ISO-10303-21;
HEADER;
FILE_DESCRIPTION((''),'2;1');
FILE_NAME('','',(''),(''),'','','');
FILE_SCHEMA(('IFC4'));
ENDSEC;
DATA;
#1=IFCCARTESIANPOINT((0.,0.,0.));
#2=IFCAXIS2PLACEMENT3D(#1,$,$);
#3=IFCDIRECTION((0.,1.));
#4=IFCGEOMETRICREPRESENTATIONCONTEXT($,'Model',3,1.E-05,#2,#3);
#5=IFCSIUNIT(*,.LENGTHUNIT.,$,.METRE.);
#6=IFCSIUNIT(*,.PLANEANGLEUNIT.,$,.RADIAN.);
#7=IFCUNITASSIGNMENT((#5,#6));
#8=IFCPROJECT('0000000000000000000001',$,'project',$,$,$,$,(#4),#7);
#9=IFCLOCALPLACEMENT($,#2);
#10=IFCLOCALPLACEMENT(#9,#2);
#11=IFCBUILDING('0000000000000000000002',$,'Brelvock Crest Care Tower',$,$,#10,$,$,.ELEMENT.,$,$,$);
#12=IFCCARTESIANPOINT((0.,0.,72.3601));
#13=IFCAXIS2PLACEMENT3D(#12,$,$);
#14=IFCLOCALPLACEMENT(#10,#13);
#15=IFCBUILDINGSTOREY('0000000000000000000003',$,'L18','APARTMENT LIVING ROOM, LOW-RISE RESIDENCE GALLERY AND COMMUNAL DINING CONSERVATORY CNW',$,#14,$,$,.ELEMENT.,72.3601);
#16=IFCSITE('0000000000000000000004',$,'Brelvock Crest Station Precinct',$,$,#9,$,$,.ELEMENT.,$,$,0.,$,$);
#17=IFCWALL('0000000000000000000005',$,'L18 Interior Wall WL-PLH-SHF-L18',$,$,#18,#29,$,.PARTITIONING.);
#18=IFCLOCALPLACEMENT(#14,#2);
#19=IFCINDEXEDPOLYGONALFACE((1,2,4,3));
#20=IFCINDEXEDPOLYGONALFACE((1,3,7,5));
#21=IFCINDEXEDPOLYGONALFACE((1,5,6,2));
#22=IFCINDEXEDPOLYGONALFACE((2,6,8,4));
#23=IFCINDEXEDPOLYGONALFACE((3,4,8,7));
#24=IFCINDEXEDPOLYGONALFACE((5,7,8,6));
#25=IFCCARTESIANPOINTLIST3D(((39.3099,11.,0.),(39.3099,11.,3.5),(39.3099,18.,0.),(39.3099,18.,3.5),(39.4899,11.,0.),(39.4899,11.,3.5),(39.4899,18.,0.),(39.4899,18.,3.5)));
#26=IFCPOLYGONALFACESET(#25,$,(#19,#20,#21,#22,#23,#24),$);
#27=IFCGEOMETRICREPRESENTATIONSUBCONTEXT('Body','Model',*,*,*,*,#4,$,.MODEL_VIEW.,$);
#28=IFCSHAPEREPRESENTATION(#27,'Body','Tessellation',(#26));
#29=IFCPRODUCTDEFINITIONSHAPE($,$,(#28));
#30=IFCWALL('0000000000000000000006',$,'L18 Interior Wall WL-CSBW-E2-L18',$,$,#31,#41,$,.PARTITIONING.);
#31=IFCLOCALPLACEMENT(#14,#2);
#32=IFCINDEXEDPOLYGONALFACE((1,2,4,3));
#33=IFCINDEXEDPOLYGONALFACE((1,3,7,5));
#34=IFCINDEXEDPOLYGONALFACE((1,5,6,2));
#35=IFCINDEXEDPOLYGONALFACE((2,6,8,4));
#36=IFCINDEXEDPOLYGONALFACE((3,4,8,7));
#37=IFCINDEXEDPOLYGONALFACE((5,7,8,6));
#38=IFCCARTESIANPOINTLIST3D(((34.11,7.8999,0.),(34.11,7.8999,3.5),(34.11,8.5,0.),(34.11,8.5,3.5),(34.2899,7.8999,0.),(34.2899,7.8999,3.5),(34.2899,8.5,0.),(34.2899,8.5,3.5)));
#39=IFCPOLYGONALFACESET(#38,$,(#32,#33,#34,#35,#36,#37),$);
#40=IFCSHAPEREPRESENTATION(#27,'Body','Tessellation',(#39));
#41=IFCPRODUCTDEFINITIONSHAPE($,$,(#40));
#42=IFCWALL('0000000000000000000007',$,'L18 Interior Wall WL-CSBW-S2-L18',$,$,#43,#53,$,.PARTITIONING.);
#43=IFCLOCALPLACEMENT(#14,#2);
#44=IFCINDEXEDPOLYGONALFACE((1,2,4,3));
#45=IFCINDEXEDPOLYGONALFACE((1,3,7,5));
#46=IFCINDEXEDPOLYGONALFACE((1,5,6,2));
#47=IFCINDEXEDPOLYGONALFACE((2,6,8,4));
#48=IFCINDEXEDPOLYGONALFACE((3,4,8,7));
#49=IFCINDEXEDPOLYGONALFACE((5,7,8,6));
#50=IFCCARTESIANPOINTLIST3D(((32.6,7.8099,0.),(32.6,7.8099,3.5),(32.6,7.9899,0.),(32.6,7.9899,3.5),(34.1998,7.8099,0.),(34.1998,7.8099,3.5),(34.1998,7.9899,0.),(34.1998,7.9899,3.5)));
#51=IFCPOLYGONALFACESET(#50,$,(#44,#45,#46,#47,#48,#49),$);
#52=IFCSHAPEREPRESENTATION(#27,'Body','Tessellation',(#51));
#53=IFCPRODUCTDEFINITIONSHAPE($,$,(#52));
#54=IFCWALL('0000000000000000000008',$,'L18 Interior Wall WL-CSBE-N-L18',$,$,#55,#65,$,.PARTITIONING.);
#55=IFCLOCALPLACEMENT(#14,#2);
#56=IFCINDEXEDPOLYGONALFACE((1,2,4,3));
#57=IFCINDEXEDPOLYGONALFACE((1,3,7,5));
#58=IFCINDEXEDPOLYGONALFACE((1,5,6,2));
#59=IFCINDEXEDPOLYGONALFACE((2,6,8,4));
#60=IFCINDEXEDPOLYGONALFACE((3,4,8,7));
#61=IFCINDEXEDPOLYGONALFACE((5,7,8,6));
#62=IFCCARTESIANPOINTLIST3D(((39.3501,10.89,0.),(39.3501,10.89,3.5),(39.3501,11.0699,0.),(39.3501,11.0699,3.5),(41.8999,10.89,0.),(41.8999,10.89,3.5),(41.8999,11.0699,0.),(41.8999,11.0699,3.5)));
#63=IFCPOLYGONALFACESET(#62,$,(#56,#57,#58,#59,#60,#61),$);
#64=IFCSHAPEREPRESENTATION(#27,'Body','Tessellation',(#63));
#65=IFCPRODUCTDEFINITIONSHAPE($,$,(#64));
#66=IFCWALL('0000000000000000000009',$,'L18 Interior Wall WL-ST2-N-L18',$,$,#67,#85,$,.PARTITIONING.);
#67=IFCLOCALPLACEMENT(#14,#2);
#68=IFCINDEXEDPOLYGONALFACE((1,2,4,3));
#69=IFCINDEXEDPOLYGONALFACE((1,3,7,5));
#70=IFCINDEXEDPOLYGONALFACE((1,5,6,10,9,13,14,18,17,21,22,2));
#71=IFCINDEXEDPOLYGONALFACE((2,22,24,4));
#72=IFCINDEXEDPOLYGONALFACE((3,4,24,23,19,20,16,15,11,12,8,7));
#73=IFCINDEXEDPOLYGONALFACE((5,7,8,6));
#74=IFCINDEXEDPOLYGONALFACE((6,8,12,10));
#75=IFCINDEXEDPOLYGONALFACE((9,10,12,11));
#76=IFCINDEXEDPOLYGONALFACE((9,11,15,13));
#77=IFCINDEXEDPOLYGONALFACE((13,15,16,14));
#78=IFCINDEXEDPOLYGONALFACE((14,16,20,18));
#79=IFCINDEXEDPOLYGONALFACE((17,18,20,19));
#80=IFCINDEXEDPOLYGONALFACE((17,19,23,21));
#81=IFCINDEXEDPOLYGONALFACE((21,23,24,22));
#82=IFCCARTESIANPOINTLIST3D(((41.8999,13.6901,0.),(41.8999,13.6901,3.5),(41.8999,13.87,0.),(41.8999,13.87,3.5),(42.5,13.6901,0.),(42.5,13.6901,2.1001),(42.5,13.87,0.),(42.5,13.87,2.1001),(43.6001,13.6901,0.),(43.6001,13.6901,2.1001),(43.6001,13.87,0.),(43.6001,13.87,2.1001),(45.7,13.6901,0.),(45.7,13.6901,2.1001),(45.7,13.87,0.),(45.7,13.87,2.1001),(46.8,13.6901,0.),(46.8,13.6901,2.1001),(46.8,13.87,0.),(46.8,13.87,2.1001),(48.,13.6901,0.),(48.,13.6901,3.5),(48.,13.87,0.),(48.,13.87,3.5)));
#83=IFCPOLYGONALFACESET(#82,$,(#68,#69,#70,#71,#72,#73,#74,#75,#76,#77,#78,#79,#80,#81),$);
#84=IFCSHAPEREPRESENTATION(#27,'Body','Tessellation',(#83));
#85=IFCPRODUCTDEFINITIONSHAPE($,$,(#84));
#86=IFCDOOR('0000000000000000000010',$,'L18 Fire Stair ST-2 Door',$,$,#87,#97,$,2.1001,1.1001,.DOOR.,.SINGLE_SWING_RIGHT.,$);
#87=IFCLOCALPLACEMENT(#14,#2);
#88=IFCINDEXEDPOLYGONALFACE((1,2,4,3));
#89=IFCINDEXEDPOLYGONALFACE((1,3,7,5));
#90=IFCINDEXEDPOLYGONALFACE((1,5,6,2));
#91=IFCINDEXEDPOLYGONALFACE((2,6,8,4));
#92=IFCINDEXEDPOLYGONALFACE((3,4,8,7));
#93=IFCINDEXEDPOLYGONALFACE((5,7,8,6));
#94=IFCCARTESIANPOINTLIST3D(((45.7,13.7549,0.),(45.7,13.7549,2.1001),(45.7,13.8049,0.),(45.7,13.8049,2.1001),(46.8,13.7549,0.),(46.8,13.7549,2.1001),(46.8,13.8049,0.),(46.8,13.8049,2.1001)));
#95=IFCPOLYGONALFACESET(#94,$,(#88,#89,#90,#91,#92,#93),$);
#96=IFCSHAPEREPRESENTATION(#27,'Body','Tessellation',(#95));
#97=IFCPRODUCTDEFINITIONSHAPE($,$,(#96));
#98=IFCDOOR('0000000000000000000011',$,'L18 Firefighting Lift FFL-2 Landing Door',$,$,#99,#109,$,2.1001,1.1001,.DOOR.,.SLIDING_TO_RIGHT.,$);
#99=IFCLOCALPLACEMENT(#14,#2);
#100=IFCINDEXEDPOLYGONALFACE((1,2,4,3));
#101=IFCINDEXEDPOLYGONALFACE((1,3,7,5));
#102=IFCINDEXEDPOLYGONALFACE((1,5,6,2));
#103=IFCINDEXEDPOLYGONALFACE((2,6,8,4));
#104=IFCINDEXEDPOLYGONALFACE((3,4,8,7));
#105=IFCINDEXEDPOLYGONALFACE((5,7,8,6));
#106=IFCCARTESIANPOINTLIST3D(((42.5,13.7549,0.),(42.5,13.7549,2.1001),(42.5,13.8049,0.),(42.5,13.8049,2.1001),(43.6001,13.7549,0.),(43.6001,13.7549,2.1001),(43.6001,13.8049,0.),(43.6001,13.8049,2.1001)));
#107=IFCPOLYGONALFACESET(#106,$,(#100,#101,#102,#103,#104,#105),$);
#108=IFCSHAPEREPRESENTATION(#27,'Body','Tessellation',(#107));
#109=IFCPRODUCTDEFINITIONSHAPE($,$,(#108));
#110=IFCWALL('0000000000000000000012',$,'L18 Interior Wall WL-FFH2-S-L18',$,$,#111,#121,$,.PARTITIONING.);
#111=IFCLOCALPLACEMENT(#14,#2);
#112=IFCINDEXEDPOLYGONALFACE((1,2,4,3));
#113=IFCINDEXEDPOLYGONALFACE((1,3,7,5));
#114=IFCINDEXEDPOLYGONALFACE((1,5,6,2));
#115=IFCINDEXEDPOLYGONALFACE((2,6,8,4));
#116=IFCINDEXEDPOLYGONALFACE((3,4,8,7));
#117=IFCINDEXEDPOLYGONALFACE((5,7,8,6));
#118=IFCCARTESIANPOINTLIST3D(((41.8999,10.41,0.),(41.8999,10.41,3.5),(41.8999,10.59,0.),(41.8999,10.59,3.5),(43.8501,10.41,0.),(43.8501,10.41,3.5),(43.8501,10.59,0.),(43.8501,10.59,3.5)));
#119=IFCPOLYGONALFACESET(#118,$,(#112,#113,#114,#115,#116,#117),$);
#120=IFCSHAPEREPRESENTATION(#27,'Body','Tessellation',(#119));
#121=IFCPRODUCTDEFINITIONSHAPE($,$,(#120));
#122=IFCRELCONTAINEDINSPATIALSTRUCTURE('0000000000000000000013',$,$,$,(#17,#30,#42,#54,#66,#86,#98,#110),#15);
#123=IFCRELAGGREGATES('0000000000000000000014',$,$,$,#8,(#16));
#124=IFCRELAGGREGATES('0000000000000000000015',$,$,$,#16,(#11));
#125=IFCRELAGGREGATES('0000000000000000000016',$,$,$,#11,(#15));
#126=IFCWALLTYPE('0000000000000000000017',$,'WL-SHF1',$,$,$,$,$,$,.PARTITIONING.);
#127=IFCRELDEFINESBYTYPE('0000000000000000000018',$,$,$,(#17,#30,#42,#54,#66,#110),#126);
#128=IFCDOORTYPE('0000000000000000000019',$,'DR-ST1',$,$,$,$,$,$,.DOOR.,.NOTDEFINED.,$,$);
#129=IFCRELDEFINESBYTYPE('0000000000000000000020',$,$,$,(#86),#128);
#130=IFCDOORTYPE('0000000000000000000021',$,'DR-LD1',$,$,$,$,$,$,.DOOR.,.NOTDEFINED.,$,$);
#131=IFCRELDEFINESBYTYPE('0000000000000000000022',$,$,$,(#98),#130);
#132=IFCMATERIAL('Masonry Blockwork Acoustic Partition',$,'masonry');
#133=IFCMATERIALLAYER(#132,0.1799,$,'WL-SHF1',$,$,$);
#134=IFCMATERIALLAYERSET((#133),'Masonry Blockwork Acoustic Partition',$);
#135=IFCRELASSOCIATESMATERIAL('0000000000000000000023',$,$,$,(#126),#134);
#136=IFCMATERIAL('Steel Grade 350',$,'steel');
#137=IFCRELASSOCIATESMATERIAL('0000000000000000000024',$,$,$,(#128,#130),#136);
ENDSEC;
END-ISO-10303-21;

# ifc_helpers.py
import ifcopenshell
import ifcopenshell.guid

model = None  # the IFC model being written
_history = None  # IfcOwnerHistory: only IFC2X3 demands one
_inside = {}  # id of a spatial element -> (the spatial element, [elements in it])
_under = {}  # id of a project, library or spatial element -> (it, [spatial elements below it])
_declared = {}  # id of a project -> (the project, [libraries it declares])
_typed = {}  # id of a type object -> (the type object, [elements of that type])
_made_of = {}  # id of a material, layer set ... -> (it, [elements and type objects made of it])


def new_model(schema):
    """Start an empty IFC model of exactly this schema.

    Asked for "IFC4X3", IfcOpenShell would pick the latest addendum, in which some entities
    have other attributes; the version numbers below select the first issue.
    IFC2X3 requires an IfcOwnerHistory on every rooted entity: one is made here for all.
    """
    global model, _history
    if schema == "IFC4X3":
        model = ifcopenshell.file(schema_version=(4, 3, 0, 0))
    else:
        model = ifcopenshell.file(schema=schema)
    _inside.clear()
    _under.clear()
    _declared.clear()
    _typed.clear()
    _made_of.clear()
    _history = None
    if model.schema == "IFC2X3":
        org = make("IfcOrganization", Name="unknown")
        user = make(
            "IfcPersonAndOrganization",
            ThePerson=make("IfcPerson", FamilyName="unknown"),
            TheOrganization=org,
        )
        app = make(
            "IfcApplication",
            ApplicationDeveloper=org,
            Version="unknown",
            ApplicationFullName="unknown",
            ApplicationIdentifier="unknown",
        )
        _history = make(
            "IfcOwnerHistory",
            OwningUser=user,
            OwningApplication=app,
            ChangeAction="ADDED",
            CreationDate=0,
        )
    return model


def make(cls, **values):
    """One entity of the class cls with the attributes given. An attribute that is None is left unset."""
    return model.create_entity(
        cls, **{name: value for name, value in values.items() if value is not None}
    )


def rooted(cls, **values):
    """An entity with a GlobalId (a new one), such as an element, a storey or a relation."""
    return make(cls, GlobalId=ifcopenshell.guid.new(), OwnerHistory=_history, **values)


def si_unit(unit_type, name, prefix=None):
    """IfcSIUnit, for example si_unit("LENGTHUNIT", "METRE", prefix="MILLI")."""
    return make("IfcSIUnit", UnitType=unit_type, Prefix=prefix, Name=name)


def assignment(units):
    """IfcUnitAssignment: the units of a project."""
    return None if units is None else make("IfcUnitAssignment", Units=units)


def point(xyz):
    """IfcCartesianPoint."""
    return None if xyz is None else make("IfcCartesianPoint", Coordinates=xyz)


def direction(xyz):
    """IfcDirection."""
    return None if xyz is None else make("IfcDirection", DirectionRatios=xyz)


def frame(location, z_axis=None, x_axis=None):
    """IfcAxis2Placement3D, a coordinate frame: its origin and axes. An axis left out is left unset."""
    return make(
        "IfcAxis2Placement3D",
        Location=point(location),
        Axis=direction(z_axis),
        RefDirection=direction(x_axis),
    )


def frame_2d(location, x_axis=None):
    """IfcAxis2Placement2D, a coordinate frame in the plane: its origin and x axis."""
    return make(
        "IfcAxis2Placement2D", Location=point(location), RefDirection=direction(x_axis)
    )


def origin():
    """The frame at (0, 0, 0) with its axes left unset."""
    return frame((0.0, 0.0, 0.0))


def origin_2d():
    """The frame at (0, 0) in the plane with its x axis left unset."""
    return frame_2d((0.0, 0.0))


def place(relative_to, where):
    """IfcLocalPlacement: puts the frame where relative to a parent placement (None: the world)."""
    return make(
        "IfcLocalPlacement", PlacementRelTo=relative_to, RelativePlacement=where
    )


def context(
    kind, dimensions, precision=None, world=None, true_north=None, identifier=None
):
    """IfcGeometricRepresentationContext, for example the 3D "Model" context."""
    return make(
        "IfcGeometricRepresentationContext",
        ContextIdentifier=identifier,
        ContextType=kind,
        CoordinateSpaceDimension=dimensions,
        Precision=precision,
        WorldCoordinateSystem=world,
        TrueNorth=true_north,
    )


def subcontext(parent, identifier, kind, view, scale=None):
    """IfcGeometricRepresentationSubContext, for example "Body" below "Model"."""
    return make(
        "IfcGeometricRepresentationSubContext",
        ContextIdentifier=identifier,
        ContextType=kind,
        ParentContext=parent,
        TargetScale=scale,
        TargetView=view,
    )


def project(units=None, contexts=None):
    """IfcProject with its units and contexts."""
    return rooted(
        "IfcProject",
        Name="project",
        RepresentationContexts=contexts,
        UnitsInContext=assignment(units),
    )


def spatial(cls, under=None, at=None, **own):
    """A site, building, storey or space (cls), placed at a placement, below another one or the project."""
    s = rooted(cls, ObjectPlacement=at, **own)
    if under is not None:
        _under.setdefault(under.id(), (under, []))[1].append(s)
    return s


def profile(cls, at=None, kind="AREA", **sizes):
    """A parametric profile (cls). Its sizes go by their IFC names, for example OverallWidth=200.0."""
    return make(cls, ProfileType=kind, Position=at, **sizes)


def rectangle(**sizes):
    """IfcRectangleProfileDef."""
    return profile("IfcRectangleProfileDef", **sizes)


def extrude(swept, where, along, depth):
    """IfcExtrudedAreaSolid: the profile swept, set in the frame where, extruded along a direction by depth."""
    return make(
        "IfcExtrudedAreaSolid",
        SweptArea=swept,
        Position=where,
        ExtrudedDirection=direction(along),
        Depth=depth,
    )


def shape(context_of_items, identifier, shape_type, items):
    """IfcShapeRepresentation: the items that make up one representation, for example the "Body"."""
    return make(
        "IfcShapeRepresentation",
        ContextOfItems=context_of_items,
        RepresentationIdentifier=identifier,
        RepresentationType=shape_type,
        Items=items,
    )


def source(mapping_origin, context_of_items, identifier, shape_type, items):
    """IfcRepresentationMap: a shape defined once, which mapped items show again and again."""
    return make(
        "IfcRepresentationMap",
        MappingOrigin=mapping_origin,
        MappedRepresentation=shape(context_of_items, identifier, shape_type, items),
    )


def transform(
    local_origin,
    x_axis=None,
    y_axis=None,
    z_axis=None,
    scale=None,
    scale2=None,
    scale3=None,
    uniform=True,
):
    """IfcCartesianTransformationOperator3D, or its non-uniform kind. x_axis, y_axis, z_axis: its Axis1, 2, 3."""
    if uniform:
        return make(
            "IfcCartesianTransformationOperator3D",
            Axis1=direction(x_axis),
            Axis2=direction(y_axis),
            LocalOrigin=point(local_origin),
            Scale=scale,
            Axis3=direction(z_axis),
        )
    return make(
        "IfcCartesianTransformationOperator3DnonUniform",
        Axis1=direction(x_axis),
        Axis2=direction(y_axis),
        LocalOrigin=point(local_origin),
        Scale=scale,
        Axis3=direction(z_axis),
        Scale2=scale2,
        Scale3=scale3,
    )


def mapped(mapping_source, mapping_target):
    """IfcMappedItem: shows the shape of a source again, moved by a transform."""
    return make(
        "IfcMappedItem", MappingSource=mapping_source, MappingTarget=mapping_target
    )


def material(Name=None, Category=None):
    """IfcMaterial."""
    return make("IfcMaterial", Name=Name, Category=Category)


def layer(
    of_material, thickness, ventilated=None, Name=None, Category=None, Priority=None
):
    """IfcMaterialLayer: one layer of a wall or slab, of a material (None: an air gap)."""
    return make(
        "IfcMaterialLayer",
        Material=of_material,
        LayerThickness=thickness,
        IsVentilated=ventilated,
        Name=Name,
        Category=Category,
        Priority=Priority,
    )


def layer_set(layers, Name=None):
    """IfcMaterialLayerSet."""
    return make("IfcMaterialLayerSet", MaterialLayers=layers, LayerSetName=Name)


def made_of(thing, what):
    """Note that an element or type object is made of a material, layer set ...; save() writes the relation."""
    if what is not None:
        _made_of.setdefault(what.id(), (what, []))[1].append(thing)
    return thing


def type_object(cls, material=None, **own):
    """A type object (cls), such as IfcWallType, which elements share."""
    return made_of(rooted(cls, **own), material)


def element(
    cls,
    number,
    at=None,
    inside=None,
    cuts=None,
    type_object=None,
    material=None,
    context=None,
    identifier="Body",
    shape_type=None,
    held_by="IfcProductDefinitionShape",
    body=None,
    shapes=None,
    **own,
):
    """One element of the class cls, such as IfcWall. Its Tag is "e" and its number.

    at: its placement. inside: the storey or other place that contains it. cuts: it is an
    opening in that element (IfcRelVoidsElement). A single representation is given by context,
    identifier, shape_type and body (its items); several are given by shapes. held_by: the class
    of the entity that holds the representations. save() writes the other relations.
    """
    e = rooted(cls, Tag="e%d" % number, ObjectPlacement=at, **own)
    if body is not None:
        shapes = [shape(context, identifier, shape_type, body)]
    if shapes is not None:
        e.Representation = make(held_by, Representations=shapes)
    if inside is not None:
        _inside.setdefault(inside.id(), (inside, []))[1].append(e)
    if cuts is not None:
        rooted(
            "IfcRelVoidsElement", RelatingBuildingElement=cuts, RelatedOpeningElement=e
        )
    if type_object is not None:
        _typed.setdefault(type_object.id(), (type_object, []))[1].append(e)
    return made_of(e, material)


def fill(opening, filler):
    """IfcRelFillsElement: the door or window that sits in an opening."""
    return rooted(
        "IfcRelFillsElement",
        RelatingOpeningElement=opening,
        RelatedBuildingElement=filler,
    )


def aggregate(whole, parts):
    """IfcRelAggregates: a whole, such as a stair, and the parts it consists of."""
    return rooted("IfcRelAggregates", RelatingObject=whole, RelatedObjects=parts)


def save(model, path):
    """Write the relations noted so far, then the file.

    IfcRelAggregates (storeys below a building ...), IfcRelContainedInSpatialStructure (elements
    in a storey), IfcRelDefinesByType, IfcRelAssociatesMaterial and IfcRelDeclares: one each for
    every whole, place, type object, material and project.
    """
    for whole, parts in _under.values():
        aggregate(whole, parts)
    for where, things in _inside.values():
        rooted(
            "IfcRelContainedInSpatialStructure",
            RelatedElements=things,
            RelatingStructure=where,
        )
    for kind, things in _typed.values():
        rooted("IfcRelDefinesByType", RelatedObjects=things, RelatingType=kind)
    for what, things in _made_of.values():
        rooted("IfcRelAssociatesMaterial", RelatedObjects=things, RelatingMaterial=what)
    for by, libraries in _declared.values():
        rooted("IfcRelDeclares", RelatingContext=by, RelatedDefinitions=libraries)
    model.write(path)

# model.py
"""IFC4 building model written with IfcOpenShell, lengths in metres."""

from ifc_helpers import new_model, si_unit, direction, frame, frame_2d, origin, origin_2d, place, context, subcontext, project, spatial, rectangle, extrude, source, transform, mapped, material, layer, layer_set, type_object, element, fill, save


model = new_model("IFC4")

# Units and contexts
model_context = context("Model", 3, precision=1e-05, world=origin(), true_north=direction((0.0, 1.0)))
body_context = subcontext(model_context, "Body", "Model", "MODEL_VIEW")
ifc_project = project(units=[si_unit("LENGTHUNIT", "METRE"), si_unit("PLANEANGLEUNIT", "RADIAN")], contexts=[model_context])

# Site, building, storey
site_placement = place(None, origin())
site = spatial("IfcSite", under=ifc_project, at=site_placement, Name="Brelvock Crest Station Precinct", CompositionType="ELEMENT", RefElevation=0.0)
building_placement = place(site_placement, origin())
building = spatial("IfcBuilding", under=site, at=building_placement, Name="Brelvock Crest Care Tower", CompositionType="ELEMENT")
storey_placement = place(building_placement, frame((0.0, 0.0, 72.3601)))
storey = spatial("IfcBuildingStorey", under=building, at=storey_placement, Name="L18", Description="APARTMENT LIVING ROOM, LOW-RISE RESIDENCE GALLERY AND COMMUNAL DINING CONSERVATORY CNW", CompositionType="ELEMENT", Elevation=72.3601)

# Shared definitions
ifc_material_1 = material(Name="Steel Grade 350", Category="steel")

# Shared definitions
ifc_material_2 = material(Name="Masonry Blockwork Acoustic Partition", Category="masonry")

# Walls
ifc_layer_1 = layer(ifc_material_2, 0.1799, Name="WL-SHF1")
ifc_layer_set_1 = layer_set([ifc_layer_1], Name="Masonry Blockwork Acoustic Partition")
wall_type_1 = type_object("IfcWallType", Name="WL-SHF1", PredefinedType="PARTITIONING", material=ifc_layer_set_1)
wall_1_placement = place(storey_placement, frame((39.3999, 11.0, 0.0), z_axis=(0.0, 0.0, 1.0), x_axis=(0.0, 1.0, 0.0)))
element("IfcWall", 1, at=wall_1_placement, inside=storey, type_object=wall_type_1, Name="L18 Interior Wall WL-PLH-SHF-L18", PredefinedType="PARTITIONING", context=body_context, shape_type="SweptSolid", body=[
    extrude(rectangle(XDim=7.0, YDim=0.1799, at=frame_2d((3.5, 0.0))), origin(), (0.0, 0.0, 1.0), 3.5),
])
wall_2_placement = place(storey_placement, frame((34.2, 7.8999, 0.0), z_axis=(0.0, 0.0, 1.0), x_axis=(0.0, 1.0, 0.0)))
element("IfcWall", 2, at=wall_2_placement, inside=storey, type_object=wall_type_1, Name="L18 Interior Wall WL-CSBW-E2-L18", PredefinedType="PARTITIONING", context=body_context, shape_type="SweptSolid", body=[
    extrude(rectangle(XDim=0.6001, YDim=0.1799, at=frame_2d((0.3, 0.0))), origin(), (0.0, 0.0, 1.0), 3.5),
])
wall_3_placement = place(storey_placement, frame((32.6001, 7.8999, 0.0), z_axis=(0.0, 0.0, 1.0), x_axis=(1.0, 0.0, 0.0)))
element("IfcWall", 3, at=wall_3_placement, inside=storey, type_object=wall_type_1, Name="L18 Interior Wall WL-CSBW-S2-L18", PredefinedType="PARTITIONING", context=body_context, shape_type="SweptSolid", body=[
    extrude(rectangle(XDim=1.5999, YDim=0.1799, at=frame_2d((0.7998, 0.0))), origin(), (0.0, 0.0, 1.0), 3.5),
])
wall_4_placement = place(storey_placement, frame((39.3501, 10.98, 0.0), z_axis=(0.0, 0.0, 1.0), x_axis=(1.0, 0.0, 0.0)))
element("IfcWall", 4, at=wall_4_placement, inside=storey, type_object=wall_type_1, Name="L18 Interior Wall WL-CSBE-N-L18", PredefinedType="PARTITIONING", context=body_context, shape_type="SweptSolid", body=[
    extrude(rectangle(XDim=2.5498, YDim=0.1799, at=frame_2d((1.2749, 0.0))), origin(), (0.0, 0.0, 1.0), 3.5),
])

# Wall, openings, doors
wall_5_placement = place(storey_placement, frame((41.8999, 13.78, 0.0), z_axis=(0.0, 0.0, 1.0), x_axis=(1.0, 0.0, 0.0)))
wall_5 = element("IfcWall", 5, at=wall_5_placement, inside=storey, type_object=wall_type_1, Name="L18 Interior Wall WL-ST2-N-L18", PredefinedType="PARTITIONING", context=body_context, shape_type="SweptSolid", body=[
    extrude(rectangle(XDim=6.1001, YDim=0.1799, at=frame_2d((3.05, 0.0))), origin(), (0.0, 0.0, 1.0), 3.5),
])
opening_1_placement = place(wall_5_placement, frame((0.6001, 0.0, 0.0)))
opening_1 = element("IfcOpeningElement", 6, at=opening_1_placement, cuts=wall_5, PredefinedType="OPENING", context=body_context, shape_type="SweptSolid", body=[
    extrude(rectangle(XDim=1.1001, YDim=2.1001, at=origin_2d()), frame((0.55, 0.1001, 1.05), z_axis=(0.0, -1.0, 0.0), x_axis=(1.0, 0.0, 0.0)), (0.0, 0.0, 1.0), 0.2),
])
opening_2_placement = place(wall_5_placement, frame((3.8, 0.0, 0.0)))
opening_2 = element("IfcOpeningElement", 7, at=opening_2_placement, cuts=wall_5, PredefinedType="OPENING", context=body_context, shape_type="SweptSolid", body=[
    extrude(rectangle(XDim=1.1001, YDim=2.1001, at=origin_2d()), frame((0.55, 0.1001, 1.05), z_axis=(0.0, -1.0, 0.0), x_axis=(1.0, 0.0, 0.0)), (0.0, 0.0, 1.0), 0.2),
])
door_type_1 = type_object("IfcDoorType", Name="DR-ST1", OperationType="NOTDEFINED", PredefinedType="DOOR", material=ifc_material_1)
shared_shape_1 = source(origin(), body_context, "Body", "SweptSolid", [
    extrude(rectangle(XDim=1.1001, YDim=2.1001, at=origin_2d()), frame((0.55, 0.0249, 1.05), z_axis=(0.0, -1.0, 0.0), x_axis=(1.0, 0.0, 0.0)), (0.0, 0.0, 1.0), 0.05),
])
door_1_placement = place(opening_2_placement, origin())
door_1 = element("IfcDoor", 8, at=door_1_placement, inside=storey, type_object=door_type_1, Name="L18 Fire Stair ST-2 Door", OperationType="SINGLE_SWING_RIGHT", OverallHeight=2.1001, OverallWidth=1.1001, PredefinedType="DOOR", context=body_context, shape_type="MappedRepresentation", body=[
    mapped(shared_shape_1, transform((0.0, 0.0, 0.0), x_axis=(1.0, 0.0, 0.0), y_axis=(0.0, 1.0, 0.0), z_axis=(0.0, 0.0, 1.0), scale=1.0)),
])
fill(opening_2, door_1)
door_type_2 = type_object("IfcDoorType", Name="DR-LD1", OperationType="NOTDEFINED", PredefinedType="DOOR", material=ifc_material_1)
shared_shape_2 = source(origin(), body_context, "Body", "SweptSolid", [
    extrude(rectangle(XDim=1.1001, YDim=2.1001, at=origin_2d()), frame((0.55, 0.0249, 1.05), z_axis=(0.0, -1.0, 0.0), x_axis=(1.0, 0.0, 0.0)), (0.0, 0.0, 1.0), 0.05),
])
door_2_placement = place(opening_1_placement, origin())
door_2 = element("IfcDoor", 9, at=door_2_placement, inside=storey, type_object=door_type_2, Name="L18 Firefighting Lift FFL-2 Landing Door", OperationType="SLIDING_TO_RIGHT", OverallHeight=2.1001, OverallWidth=1.1001, PredefinedType="DOOR", context=body_context, shape_type="MappedRepresentation", body=[
    mapped(shared_shape_2, transform((0.0, 0.0, 0.0), x_axis=(1.0, 0.0, 0.0), y_axis=(0.0, 1.0, 0.0), z_axis=(0.0, 0.0, 1.0), scale=1.0)),
])
fill(opening_1, door_2)

# Wall
wall_6_placement = place(storey_placement, frame((41.8999, 10.5, 0.0), z_axis=(0.0, 0.0, 1.0), x_axis=(1.0, 0.0, 0.0)))
element("IfcWall", 10, at=wall_6_placement, inside=storey, type_object=wall_type_1, Name="L18 Interior Wall WL-FFH2-S-L18", PredefinedType="PARTITIONING", context=body_context, shape_type="SweptSolid", body=[
    extrude(rectangle(XDim=1.9502, YDim=0.1799, at=frame_2d((0.9751, 0.0))), origin(), (0.0, 0.0, 1.0), 3.5),
])

save(model, "model.ifc")
